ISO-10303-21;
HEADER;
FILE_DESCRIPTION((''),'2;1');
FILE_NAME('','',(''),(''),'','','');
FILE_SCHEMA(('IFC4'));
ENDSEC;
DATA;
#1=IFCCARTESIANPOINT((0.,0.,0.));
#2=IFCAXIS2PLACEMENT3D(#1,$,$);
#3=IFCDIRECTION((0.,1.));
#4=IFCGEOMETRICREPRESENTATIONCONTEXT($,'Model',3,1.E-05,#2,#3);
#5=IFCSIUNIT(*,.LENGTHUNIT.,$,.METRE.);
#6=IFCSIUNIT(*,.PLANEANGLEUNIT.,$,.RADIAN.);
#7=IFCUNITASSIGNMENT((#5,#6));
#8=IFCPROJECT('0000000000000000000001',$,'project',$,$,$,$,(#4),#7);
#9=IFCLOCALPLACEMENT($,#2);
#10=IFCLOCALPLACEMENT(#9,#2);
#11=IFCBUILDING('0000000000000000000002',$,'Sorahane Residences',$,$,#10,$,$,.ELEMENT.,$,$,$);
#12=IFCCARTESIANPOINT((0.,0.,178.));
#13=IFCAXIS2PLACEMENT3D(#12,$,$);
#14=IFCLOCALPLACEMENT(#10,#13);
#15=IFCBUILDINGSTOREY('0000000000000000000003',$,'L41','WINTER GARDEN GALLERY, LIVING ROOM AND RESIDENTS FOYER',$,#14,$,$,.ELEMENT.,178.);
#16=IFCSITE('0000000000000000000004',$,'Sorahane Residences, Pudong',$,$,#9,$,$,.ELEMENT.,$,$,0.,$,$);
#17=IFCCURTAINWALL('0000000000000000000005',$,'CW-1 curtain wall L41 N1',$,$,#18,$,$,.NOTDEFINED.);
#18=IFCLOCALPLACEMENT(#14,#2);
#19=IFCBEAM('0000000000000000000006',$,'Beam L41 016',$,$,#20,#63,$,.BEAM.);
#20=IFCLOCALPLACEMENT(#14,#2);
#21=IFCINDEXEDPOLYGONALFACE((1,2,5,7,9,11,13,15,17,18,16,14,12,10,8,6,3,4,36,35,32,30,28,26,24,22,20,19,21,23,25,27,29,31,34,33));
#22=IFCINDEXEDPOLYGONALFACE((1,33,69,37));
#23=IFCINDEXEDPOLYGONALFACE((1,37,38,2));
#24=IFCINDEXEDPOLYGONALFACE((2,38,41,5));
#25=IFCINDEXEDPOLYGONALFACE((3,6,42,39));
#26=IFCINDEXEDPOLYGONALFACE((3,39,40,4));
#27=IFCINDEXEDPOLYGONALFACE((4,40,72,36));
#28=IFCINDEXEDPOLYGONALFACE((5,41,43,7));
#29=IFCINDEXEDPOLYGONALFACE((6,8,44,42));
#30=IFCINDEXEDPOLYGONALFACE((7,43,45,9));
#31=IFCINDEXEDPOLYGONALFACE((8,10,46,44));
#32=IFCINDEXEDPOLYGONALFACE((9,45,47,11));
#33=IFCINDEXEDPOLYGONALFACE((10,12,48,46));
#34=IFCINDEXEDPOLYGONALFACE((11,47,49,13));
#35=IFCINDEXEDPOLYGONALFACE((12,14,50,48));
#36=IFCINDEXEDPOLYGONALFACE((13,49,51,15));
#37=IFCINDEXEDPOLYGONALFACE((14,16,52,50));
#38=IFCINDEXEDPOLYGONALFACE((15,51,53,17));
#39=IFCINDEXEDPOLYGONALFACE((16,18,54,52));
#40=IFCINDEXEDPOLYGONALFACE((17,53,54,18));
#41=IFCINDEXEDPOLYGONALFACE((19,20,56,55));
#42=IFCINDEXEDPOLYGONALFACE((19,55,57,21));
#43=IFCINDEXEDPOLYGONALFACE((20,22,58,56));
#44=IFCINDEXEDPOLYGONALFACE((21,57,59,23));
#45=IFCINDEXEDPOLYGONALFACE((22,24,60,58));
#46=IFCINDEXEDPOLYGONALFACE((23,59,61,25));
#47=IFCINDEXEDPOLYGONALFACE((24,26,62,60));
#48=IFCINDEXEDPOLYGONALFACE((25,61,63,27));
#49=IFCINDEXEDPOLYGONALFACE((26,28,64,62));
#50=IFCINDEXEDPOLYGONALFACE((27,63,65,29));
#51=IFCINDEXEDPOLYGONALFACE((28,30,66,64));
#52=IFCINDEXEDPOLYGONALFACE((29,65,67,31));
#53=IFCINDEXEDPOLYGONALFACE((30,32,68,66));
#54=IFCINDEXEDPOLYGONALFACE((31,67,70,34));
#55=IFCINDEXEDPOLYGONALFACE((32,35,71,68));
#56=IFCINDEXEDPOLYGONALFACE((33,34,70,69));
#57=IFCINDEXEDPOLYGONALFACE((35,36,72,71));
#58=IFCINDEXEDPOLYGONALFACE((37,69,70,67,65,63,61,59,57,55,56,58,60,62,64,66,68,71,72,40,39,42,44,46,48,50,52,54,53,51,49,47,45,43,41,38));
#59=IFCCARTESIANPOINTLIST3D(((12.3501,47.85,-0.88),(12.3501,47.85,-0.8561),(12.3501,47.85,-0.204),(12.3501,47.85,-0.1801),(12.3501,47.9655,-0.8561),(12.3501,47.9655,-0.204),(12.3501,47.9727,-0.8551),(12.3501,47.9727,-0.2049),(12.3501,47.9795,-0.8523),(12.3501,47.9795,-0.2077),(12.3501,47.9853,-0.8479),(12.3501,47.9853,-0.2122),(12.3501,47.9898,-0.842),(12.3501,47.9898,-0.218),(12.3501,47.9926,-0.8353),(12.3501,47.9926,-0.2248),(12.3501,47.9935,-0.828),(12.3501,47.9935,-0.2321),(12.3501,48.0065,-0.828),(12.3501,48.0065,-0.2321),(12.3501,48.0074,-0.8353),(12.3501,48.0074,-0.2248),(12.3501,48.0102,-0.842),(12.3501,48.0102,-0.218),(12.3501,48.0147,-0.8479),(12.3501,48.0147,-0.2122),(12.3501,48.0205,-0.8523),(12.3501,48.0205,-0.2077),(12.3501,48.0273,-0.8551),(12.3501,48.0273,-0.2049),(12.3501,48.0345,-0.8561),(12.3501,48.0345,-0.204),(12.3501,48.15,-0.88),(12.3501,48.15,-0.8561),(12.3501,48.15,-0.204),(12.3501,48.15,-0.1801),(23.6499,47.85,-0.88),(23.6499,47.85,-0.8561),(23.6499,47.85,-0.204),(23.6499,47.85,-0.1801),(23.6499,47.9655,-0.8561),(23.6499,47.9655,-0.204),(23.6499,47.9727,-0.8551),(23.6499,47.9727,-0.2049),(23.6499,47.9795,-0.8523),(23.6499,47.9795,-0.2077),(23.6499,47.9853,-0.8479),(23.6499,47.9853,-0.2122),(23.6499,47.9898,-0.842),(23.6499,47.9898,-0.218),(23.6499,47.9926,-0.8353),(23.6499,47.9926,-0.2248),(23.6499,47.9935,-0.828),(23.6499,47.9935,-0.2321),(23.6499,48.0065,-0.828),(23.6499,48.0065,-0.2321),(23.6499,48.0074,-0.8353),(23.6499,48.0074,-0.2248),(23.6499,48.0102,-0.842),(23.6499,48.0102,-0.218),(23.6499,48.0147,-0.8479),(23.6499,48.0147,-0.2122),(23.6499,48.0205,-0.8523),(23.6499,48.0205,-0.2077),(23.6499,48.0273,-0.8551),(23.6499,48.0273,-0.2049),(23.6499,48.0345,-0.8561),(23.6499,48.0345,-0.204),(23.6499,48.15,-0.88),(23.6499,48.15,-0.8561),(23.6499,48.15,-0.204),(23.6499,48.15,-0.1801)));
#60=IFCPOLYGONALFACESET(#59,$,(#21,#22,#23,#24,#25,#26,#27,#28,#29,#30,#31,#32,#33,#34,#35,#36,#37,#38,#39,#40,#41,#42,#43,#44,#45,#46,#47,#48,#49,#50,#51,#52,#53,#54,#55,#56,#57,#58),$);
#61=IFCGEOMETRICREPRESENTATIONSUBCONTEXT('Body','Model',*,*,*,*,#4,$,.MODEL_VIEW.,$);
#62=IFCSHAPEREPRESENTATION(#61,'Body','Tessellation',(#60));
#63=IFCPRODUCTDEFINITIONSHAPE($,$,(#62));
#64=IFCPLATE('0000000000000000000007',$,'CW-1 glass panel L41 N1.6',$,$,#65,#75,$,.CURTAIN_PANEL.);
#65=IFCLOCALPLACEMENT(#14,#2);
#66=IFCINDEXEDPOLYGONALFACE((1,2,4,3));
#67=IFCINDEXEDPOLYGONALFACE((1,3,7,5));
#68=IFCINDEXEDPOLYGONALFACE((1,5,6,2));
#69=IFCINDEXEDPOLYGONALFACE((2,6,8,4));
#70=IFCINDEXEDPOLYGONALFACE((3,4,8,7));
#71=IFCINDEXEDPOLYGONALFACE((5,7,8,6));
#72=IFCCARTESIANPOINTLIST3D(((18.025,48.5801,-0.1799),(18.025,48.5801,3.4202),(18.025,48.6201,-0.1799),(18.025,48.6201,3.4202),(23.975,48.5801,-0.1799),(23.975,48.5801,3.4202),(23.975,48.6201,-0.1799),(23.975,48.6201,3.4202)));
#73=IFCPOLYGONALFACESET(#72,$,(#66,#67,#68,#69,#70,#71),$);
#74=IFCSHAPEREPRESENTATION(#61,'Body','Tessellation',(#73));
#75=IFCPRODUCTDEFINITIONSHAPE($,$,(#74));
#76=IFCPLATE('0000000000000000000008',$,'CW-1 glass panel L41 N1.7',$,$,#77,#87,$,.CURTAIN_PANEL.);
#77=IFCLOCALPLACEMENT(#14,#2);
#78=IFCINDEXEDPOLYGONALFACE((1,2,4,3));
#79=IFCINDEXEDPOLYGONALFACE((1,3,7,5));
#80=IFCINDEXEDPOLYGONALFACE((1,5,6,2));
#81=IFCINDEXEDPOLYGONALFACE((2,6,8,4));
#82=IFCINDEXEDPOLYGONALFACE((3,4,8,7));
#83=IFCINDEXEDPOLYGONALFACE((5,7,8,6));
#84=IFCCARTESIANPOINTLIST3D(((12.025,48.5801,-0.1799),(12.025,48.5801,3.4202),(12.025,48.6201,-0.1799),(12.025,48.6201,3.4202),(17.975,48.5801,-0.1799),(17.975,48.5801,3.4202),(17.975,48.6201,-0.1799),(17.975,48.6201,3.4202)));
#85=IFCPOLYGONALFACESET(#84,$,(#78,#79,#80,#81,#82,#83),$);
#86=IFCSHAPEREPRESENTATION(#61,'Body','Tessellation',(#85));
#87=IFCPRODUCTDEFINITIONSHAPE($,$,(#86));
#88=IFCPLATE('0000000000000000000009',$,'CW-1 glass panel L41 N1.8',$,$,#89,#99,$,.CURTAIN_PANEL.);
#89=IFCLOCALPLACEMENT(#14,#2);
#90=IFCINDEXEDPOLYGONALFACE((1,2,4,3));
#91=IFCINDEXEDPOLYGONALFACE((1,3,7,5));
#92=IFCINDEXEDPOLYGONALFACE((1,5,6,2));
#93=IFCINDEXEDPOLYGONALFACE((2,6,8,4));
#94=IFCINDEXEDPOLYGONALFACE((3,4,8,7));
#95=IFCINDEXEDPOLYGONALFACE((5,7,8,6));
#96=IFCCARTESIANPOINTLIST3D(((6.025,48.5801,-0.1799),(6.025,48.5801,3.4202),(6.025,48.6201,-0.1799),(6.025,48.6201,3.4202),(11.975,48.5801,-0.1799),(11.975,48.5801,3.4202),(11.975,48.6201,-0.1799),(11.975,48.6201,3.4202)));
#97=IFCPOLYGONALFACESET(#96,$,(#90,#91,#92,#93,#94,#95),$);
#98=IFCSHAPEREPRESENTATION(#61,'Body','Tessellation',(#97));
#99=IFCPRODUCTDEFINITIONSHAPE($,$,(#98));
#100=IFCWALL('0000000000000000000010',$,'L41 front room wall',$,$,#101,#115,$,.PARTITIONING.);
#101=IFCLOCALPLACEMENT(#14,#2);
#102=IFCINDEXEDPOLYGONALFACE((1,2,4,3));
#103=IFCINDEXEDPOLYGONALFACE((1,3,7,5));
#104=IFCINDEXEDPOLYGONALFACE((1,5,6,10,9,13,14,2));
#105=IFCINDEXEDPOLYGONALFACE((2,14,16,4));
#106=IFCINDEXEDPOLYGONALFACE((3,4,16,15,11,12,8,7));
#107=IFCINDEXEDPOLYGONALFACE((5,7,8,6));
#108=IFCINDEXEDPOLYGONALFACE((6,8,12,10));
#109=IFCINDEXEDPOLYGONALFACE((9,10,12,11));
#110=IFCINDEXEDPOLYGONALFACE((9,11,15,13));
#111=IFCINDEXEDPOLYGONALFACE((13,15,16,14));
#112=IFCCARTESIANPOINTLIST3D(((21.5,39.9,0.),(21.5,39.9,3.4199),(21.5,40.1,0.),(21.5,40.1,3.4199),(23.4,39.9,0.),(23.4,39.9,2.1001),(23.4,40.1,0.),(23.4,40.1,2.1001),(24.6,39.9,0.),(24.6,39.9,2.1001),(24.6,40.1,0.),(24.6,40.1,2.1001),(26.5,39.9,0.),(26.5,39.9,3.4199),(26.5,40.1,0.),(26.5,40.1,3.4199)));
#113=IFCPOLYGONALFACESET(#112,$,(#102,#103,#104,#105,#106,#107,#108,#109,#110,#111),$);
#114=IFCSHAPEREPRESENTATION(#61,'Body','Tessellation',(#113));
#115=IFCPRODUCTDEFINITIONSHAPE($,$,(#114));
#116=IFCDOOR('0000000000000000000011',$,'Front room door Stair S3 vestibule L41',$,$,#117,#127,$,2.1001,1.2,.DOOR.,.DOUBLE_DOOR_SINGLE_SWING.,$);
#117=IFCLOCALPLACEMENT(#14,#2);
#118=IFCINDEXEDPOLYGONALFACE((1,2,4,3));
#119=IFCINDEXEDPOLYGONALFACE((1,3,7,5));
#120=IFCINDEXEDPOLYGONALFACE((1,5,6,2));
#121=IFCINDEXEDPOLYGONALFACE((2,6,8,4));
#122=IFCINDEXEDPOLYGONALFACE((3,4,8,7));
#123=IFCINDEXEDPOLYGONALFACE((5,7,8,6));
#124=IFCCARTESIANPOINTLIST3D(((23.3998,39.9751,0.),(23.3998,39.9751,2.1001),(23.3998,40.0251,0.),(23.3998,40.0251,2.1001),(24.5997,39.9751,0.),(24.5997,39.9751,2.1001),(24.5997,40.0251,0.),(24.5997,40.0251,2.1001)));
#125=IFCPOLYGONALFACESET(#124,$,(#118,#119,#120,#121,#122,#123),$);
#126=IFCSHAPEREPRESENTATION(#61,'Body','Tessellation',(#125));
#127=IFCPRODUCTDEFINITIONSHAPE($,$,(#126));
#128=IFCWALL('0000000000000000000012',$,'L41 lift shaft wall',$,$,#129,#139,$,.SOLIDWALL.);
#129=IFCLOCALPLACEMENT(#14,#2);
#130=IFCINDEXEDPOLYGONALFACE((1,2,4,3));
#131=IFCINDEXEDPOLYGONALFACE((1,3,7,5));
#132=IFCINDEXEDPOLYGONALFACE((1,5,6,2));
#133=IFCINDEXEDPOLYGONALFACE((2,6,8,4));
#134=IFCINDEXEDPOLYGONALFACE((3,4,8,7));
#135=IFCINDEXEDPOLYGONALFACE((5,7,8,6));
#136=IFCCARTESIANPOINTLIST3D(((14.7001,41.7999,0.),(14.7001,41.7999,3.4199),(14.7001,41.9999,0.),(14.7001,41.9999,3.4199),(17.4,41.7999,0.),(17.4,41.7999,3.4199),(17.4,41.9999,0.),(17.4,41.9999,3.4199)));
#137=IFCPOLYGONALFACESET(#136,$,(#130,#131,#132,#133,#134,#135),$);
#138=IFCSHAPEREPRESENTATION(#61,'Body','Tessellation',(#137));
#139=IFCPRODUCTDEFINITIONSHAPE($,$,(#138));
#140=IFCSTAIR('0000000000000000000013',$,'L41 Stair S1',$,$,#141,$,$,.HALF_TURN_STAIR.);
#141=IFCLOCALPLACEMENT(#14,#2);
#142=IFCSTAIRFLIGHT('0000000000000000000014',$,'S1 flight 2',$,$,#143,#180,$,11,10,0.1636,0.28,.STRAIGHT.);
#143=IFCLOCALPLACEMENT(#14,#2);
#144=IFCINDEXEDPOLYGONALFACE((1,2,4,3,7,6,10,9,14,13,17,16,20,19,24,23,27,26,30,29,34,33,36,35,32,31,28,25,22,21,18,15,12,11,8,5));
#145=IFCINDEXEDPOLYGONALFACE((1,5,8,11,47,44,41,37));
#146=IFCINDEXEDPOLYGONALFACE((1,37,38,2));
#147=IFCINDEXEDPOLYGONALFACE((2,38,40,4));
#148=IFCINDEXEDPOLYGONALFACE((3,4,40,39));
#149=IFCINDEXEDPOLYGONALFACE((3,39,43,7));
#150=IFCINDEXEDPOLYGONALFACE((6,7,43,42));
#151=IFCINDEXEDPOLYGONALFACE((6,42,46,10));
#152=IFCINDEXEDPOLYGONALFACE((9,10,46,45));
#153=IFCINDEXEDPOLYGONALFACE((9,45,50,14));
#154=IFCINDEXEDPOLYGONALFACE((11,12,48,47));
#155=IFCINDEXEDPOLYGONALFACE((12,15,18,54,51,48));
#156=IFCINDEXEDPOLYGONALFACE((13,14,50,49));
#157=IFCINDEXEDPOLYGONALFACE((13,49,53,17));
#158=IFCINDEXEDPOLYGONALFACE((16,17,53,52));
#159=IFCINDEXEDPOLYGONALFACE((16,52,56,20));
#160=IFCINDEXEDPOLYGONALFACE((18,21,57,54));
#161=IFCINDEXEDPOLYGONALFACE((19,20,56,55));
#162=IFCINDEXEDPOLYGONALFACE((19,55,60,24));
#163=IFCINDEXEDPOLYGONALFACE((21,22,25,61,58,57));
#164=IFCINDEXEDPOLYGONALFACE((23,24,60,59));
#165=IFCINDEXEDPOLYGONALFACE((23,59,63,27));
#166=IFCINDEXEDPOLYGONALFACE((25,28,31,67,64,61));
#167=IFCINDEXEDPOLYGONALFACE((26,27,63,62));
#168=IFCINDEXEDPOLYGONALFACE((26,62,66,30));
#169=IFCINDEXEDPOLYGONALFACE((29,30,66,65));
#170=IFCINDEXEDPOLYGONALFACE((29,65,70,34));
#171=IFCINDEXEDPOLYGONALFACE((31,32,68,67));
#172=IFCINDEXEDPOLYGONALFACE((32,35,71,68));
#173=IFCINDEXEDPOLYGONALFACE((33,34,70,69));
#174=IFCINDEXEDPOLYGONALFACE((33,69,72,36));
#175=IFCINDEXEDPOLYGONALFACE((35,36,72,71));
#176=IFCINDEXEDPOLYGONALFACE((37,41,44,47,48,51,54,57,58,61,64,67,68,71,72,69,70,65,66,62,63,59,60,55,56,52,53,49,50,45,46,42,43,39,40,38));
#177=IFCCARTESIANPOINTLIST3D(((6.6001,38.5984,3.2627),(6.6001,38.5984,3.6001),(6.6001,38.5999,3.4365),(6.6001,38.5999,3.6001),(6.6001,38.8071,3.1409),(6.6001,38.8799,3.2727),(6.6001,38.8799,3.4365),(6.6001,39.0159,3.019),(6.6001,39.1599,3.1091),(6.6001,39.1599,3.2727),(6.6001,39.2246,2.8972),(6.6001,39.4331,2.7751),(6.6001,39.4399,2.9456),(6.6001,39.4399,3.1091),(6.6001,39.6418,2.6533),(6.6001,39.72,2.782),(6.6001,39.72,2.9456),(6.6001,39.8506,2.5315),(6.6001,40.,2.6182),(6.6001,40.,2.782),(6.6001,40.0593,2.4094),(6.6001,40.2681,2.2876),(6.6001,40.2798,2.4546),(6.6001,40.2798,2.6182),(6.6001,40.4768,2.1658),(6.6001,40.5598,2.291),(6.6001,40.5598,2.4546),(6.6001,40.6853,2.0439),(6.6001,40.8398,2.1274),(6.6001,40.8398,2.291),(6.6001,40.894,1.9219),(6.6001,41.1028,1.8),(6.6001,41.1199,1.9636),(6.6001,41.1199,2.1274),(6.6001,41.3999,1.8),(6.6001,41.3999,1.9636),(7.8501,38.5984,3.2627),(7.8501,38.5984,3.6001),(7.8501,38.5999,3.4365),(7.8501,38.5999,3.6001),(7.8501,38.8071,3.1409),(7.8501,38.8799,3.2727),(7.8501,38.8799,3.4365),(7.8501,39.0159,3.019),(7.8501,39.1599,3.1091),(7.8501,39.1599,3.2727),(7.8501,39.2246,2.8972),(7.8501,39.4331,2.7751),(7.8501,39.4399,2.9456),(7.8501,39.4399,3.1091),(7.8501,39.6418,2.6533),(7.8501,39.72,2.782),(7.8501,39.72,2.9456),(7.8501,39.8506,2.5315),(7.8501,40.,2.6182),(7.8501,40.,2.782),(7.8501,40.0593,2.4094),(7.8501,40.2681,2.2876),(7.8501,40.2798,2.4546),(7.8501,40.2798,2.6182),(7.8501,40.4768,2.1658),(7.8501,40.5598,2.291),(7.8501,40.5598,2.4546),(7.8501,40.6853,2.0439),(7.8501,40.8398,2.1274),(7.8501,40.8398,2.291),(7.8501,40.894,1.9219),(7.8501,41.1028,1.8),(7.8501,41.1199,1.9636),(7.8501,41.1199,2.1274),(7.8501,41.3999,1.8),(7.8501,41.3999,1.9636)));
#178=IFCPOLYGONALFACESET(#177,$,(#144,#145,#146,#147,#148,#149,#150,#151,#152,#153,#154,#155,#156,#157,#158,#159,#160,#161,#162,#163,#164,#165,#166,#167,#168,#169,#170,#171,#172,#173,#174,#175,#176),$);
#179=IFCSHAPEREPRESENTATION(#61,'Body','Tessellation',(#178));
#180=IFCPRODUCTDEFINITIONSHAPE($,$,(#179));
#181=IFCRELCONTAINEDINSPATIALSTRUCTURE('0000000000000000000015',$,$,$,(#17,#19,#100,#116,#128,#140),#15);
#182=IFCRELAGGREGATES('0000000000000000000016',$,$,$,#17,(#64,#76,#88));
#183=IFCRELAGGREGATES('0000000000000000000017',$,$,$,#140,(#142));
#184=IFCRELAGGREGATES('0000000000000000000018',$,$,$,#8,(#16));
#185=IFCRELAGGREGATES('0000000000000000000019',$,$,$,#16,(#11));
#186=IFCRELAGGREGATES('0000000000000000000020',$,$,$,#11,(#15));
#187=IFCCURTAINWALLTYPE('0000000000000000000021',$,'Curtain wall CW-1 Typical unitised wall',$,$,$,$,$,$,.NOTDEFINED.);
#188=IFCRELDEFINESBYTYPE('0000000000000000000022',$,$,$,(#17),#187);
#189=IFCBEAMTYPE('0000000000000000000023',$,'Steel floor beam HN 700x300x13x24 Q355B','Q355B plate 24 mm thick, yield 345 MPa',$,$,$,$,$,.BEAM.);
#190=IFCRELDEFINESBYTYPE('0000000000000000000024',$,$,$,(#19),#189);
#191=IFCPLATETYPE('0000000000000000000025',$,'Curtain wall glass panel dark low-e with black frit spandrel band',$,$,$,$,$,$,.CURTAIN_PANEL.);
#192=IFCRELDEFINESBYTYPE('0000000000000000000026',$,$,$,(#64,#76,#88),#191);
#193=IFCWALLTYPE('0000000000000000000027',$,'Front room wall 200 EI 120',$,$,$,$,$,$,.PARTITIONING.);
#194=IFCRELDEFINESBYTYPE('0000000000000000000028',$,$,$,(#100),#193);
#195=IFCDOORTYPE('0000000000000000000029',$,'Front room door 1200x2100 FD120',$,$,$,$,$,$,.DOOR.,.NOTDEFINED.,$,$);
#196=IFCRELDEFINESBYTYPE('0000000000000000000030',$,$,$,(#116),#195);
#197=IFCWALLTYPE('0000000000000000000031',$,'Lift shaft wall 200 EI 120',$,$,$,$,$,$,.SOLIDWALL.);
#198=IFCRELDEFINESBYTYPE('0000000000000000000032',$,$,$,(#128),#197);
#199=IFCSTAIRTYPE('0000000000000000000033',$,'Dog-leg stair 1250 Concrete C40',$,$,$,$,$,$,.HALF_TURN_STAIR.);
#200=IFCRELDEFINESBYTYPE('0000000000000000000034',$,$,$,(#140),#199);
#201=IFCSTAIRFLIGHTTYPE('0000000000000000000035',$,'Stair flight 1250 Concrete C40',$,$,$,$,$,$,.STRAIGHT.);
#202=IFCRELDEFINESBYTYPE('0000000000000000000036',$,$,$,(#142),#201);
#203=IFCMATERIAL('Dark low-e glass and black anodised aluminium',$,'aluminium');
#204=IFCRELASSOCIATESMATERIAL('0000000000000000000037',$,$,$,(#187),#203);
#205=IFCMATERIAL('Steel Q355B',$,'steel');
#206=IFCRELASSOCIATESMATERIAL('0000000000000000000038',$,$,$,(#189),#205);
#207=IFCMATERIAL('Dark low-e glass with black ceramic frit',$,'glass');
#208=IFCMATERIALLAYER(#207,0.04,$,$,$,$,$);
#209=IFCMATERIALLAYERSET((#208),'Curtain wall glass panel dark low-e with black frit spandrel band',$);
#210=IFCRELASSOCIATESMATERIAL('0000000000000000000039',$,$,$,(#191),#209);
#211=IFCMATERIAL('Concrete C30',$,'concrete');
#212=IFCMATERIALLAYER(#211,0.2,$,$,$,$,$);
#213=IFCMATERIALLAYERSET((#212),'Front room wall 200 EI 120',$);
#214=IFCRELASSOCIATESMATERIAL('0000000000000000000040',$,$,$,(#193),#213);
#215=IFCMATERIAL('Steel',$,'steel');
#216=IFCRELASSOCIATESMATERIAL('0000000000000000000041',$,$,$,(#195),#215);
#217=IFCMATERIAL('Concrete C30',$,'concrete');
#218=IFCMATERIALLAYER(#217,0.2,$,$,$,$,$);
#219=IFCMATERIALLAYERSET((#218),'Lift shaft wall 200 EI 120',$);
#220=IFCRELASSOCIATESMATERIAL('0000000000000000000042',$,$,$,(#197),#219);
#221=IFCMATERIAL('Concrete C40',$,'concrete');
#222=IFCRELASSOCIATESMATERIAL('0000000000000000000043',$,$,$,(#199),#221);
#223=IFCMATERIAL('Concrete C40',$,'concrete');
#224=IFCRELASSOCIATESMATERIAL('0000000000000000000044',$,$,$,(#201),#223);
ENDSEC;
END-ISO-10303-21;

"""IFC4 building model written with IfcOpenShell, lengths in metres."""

from ifc_helpers import new_model, si_unit, direction, frame, frame_2d, origin, origin_2d, place, context, subcontext, project, spatial, polyline, rectangle, i_section, outline, extrude, material, layer, layer_set, material_profile, profile_set, type_object, element, fill, aggregate, save


model = new_model("IFC4")

# Units and contexts
model_context = context("Model", 3, precision=1e-05, world=origin(), true_north=direction((0.0, 1.0)))
body_context = subcontext(model_context, "Body", "Model", "MODEL_VIEW")
ifc_project = project(units=[si_unit("LENGTHUNIT", "METRE"), si_unit("PLANEANGLEUNIT", "RADIAN")], contexts=[model_context])

# Site, building, storey
site_placement = place(None, origin())
site = spatial("IfcSite", under=ifc_project, at=site_placement, Name="Sorahane Residences, Pudong", CompositionType="ELEMENT", RefElevation=0.0)
building_placement = place(site_placement, origin())
building = spatial("IfcBuilding", under=site, at=building_placement, Name="Sorahane Residences", CompositionType="ELEMENT")
storey_placement = place(building_placement, frame((0.0, 0.0, 178.0)))
storey = spatial("IfcBuildingStorey", under=building, at=storey_placement, Name="L41", Description="WINTER GARDEN GALLERY, LIVING ROOM AND RESIDENTS FOYER", CompositionType="ELEMENT", Elevation=178.0)

# Curtain wall
ifc_material_1 = material(Name="Dark low-e glass and black anodised aluminium", Category="aluminium")
curtain_wall_type = type_object("IfcCurtainWallType", Name="Curtain wall CW-1 Typical unitised wall", PredefinedType="NOTDEFINED", material=ifc_material_1)
curtain_wall_placement = place(storey_placement, origin())
curtain_wall = element("IfcCurtainWall", 1, at=curtain_wall_placement, inside=storey, type_object=curtain_wall_type, Name="CW-1 curtain wall L41 N1", PredefinedType="NOTDEFINED")

# Beam
ifc_material_2 = material(Name="Steel Q355B", Category="steel")
ifc_material_profile_1 = material_profile(ifc_material_2, i_section(OverallWidth=0.3, OverallDepth=0.7, WebThickness=0.0129, FlangeThickness=0.0239, FilletRadius=0.0281, at=origin_2d()), Name="HN 700x300x13x24")
ifc_profile_set_1 = profile_set([ifc_material_profile_1], Name="Steel Q355B")
beam_type_1 = type_object("IfcBeamType", Name="Steel floor beam HN 700x300x13x24 Q355B", Description="Q355B plate 24 mm thick, yield 345 MPa", PredefinedType="BEAM", material=ifc_profile_set_1)
beam_1_placement = place(storey_placement, frame((12.3501, 48.0, -0.53), z_axis=(1.0, 0.0, 0.0), x_axis=(0.0, 1.0, 0.0)))
element("IfcBeam", 2, at=beam_1_placement, inside=storey, type_object=beam_type_1, Name="Beam L41 016", PredefinedType="BEAM", context=body_context, shape_type="SweptSolid", body=[
    extrude(i_section(OverallWidth=0.3, OverallDepth=0.7, WebThickness=0.0129, FlangeThickness=0.0239, FilletRadius=0.0281, at=origin_2d()), origin(), (0.0, 0.0, 1.0), 11.2998),
])

# Plates
ifc_material_3 = material(Name="Dark low-e glass with black ceramic frit", Category="glass")
ifc_layer_1 = layer(ifc_material_3, 0.04)
ifc_layer_set_1 = layer_set([ifc_layer_1], Name="Curtain wall glass panel dark low-e with black frit spandrel band")
plate_type = type_object("IfcPlateType", Name="Curtain wall glass panel dark low-e with black frit spandrel band", PredefinedType="CURTAIN_PANEL", material=ifc_layer_set_1)
plate_1_placement = place(storey_placement, frame((21.0, 48.6001, -0.1799), z_axis=(0.0, 0.0, 1.0), x_axis=(-1.0, 0.0, 0.0)))
plate_1 = element("IfcPlate", 3, at=plate_1_placement, type_object=plate_type, Name="CW-1 glass panel L41 N1.6", PredefinedType="CURTAIN_PANEL", context=body_context, shape_type="SweptSolid", body=[
    extrude(rectangle(XDim=5.95, YDim=0.04, at=origin_2d()), origin(), (0.0, 0.0, 1.0), 3.6001),
])
plate_2_placement = place(storey_placement, frame((15.0, 48.6001, -0.1799), z_axis=(0.0, 0.0, 1.0), x_axis=(-1.0, 0.0, 0.0)))
plate_2 = element("IfcPlate", 4, at=plate_2_placement, type_object=plate_type, Name="CW-1 glass panel L41 N1.7", PredefinedType="CURTAIN_PANEL", context=body_context, shape_type="SweptSolid", body=[
    extrude(rectangle(XDim=5.95, YDim=0.04, at=origin_2d()), origin(), (0.0, 0.0, 1.0), 3.6001),
])
plate_3_placement = place(storey_placement, frame((9.0, 48.6001, -0.1799), z_axis=(0.0, 0.0, 1.0), x_axis=(-1.0, 0.0, 0.0)))
plate_3 = element("IfcPlate", 5, at=plate_3_placement, type_object=plate_type, Name="CW-1 glass panel L41 N1.8", PredefinedType="CURTAIN_PANEL", context=body_context, shape_type="SweptSolid", body=[
    extrude(rectangle(XDim=5.95, YDim=0.04, at=origin_2d()), origin(), (0.0, 0.0, 1.0), 3.6001),
])
aggregate(curtain_wall, [plate_1, plate_2, plate_3])

# Wall, opening, door
ifc_material_4 = material(Name="Concrete C30", Category="concrete")
ifc_layer_2 = layer(ifc_material_4, 0.2)
ifc_layer_set_2 = layer_set([ifc_layer_2], Name="Front room wall 200 EI 120")
wall_type_1 = type_object("IfcWallType", Name="Front room wall 200 EI 120", PredefinedType="PARTITIONING", material=ifc_layer_set_2)
wall_1_placement = place(storey_placement, frame((21.5, 40.0, 0.0), z_axis=(0.0, 0.0, 1.0), x_axis=(1.0, 0.0, 0.0)))
wall_1 = element("IfcWall", 6, at=wall_1_placement, inside=storey, type_object=wall_type_1, Name="L41 front room wall", PredefinedType="PARTITIONING", context=body_context, shape_type="SweptSolid", body=[
    extrude(rectangle(XDim=5.0, YDim=0.2, at=frame_2d((2.5, 0.0))), origin(), (0.0, 0.0, 1.0), 3.4199),
])
opening_placement = place(wall_1_placement, frame((1.8999, 0.0, 0.0)))
opening = element("IfcOpeningElement", 7, at=opening_placement, cuts=wall_1, PredefinedType="OPENING", context=body_context, shape_type="SweptSolid", body=[
    extrude(rectangle(XDim=1.2, YDim=2.1001, at=frame_2d((0.6001, 1.05))), frame((0.0, 0.1099, 0.0), z_axis=(0.0, -1.0, 0.0), x_axis=(1.0, 0.0, 0.0)), (0.0, 0.0, 1.0), 0.22),
])
ifc_material_5 = material(Name="Steel", Category="steel")
door_type = type_object("IfcDoorType", Name="Front room door 1200x2100 FD120", OperationType="NOTDEFINED", PredefinedType="DOOR", material=ifc_material_5)
door_placement = place(opening_placement, frame((1.2, 0.0, 0.0), z_axis=(0.0, 0.0, 1.0), x_axis=(-1.0, 0.0, 0.0)))
door = element("IfcDoor", 8, at=door_placement, inside=storey, type_object=door_type, Name="Front room door Stair S3 vestibule L41", OperationType="DOUBLE_DOOR_SINGLE_SWING", OverallHeight=2.1001, OverallWidth=1.2, PredefinedType="DOOR", context=body_context, shape_type="SweptSolid", body=[
    extrude(rectangle(XDim=1.2, YDim=2.1001, at=frame_2d((0.6001, 1.05))), frame((0.0, 0.0249, 0.0), z_axis=(0.0, -1.0, 0.0), x_axis=(1.0, 0.0, 0.0)), (0.0, 0.0, 1.0), 0.05),
])
fill(opening, door)

# Wall
ifc_material_6 = material(Name="Concrete C30", Category="concrete")
ifc_layer_3 = layer(ifc_material_6, 0.2)
ifc_layer_set_3 = layer_set([ifc_layer_3], Name="Lift shaft wall 200 EI 120")
wall_type_2 = type_object("IfcWallType", Name="Lift shaft wall 200 EI 120", PredefinedType="SOLIDWALL", material=ifc_layer_set_3)
wall_2_placement = place(storey_placement, frame((14.7, 41.8999, 0.0), z_axis=(0.0, 0.0, 1.0), x_axis=(1.0, 0.0, 0.0)))
element("IfcWall", 9, at=wall_2_placement, inside=storey, type_object=wall_type_2, Name="L41 lift shaft wall", PredefinedType="SOLIDWALL", context=body_context, shape_type="SweptSolid", body=[
    extrude(rectangle(XDim=2.7, YDim=0.2, at=frame_2d((1.3501, 0.0))), origin(), (0.0, 0.0, 1.0), 3.4199),
])

# Stair, stair flight
ifc_material_7 = material(Name="Concrete C40", Category="concrete")
stair_type = type_object("IfcStairType", Name="Dog-leg stair 1250 Concrete C40", PredefinedType="HALF_TURN_STAIR", material=ifc_material_7)
stair_1_placement = place(storey_placement, origin())
stair_1 = element("IfcStair", 10, at=stair_1_placement, inside=storey, type_object=stair_type, Name="L41 Stair S1", PredefinedType="HALF_TURN_STAIR")
ifc_material_8 = material(Name="Concrete C40", Category="concrete")
stair_flight_type = type_object("IfcStairFlightType", Name="Stair flight 1250 Concrete C40", PredefinedType="STRAIGHT", material=ifc_material_8)
stair_flight_1_placement = place(storey_placement, frame((7.2251, 41.3999, 1.8), z_axis=(0.0, 0.0, 1.0), x_axis=(0.0, -1.0, 0.0)))
stair_flight_1 = element("IfcStairFlight", 11, at=stair_flight_1_placement, type_object=stair_flight_type, Name="S1 flight 2", NumberOfRisers=11, NumberOfTreads=10, PredefinedType="STRAIGHT", RiserHeight=0.1636, TreadLength=0.28, context=body_context, shape_type="SweptSolid", body=[
    extrude(outline(polyline([(0.0, 0.0), (0.0, 0.1636), (0.28, 0.1636), (0.28, 0.3274), (0.5601, 0.3274), (0.5601, 0.491), (0.8401, 0.491), (0.8401, 0.6545), (1.1201, 0.6545), (1.1201, 0.8181), (1.3999, 0.8181), (1.3999, 0.9819), (1.6799, 0.9819), (1.6799, 1.1455), (1.96, 1.1455), (1.96, 1.3091), (2.24, 1.3091), (2.24, 1.4727), (2.52, 1.4727), (2.52, 1.6365), (2.8, 1.6365), (2.8, 1.8), (2.8015, 1.8), (2.8015, 1.4626), (2.5928, 1.3408), (2.384, 1.219), (2.1753, 1.0972), (1.9668, 0.9751), (1.7581, 0.8533), (1.5493, 0.7314), (1.3406, 0.6094), (1.1318, 0.4875), (0.9231, 0.3657), (0.7146, 0.2439), (0.5059, 0.1218), (0.2971, 0.0), (0.0, 0.0)])), frame((0.0, 0.625, 0.0), z_axis=(0.0, -1.0, 0.0), x_axis=(1.0, 0.0, 0.0)), (0.0, 0.0, 1.0), 1.25),
])
aggregate(stair_1, [stair_flight_1])

save(model, "model.ifc")
